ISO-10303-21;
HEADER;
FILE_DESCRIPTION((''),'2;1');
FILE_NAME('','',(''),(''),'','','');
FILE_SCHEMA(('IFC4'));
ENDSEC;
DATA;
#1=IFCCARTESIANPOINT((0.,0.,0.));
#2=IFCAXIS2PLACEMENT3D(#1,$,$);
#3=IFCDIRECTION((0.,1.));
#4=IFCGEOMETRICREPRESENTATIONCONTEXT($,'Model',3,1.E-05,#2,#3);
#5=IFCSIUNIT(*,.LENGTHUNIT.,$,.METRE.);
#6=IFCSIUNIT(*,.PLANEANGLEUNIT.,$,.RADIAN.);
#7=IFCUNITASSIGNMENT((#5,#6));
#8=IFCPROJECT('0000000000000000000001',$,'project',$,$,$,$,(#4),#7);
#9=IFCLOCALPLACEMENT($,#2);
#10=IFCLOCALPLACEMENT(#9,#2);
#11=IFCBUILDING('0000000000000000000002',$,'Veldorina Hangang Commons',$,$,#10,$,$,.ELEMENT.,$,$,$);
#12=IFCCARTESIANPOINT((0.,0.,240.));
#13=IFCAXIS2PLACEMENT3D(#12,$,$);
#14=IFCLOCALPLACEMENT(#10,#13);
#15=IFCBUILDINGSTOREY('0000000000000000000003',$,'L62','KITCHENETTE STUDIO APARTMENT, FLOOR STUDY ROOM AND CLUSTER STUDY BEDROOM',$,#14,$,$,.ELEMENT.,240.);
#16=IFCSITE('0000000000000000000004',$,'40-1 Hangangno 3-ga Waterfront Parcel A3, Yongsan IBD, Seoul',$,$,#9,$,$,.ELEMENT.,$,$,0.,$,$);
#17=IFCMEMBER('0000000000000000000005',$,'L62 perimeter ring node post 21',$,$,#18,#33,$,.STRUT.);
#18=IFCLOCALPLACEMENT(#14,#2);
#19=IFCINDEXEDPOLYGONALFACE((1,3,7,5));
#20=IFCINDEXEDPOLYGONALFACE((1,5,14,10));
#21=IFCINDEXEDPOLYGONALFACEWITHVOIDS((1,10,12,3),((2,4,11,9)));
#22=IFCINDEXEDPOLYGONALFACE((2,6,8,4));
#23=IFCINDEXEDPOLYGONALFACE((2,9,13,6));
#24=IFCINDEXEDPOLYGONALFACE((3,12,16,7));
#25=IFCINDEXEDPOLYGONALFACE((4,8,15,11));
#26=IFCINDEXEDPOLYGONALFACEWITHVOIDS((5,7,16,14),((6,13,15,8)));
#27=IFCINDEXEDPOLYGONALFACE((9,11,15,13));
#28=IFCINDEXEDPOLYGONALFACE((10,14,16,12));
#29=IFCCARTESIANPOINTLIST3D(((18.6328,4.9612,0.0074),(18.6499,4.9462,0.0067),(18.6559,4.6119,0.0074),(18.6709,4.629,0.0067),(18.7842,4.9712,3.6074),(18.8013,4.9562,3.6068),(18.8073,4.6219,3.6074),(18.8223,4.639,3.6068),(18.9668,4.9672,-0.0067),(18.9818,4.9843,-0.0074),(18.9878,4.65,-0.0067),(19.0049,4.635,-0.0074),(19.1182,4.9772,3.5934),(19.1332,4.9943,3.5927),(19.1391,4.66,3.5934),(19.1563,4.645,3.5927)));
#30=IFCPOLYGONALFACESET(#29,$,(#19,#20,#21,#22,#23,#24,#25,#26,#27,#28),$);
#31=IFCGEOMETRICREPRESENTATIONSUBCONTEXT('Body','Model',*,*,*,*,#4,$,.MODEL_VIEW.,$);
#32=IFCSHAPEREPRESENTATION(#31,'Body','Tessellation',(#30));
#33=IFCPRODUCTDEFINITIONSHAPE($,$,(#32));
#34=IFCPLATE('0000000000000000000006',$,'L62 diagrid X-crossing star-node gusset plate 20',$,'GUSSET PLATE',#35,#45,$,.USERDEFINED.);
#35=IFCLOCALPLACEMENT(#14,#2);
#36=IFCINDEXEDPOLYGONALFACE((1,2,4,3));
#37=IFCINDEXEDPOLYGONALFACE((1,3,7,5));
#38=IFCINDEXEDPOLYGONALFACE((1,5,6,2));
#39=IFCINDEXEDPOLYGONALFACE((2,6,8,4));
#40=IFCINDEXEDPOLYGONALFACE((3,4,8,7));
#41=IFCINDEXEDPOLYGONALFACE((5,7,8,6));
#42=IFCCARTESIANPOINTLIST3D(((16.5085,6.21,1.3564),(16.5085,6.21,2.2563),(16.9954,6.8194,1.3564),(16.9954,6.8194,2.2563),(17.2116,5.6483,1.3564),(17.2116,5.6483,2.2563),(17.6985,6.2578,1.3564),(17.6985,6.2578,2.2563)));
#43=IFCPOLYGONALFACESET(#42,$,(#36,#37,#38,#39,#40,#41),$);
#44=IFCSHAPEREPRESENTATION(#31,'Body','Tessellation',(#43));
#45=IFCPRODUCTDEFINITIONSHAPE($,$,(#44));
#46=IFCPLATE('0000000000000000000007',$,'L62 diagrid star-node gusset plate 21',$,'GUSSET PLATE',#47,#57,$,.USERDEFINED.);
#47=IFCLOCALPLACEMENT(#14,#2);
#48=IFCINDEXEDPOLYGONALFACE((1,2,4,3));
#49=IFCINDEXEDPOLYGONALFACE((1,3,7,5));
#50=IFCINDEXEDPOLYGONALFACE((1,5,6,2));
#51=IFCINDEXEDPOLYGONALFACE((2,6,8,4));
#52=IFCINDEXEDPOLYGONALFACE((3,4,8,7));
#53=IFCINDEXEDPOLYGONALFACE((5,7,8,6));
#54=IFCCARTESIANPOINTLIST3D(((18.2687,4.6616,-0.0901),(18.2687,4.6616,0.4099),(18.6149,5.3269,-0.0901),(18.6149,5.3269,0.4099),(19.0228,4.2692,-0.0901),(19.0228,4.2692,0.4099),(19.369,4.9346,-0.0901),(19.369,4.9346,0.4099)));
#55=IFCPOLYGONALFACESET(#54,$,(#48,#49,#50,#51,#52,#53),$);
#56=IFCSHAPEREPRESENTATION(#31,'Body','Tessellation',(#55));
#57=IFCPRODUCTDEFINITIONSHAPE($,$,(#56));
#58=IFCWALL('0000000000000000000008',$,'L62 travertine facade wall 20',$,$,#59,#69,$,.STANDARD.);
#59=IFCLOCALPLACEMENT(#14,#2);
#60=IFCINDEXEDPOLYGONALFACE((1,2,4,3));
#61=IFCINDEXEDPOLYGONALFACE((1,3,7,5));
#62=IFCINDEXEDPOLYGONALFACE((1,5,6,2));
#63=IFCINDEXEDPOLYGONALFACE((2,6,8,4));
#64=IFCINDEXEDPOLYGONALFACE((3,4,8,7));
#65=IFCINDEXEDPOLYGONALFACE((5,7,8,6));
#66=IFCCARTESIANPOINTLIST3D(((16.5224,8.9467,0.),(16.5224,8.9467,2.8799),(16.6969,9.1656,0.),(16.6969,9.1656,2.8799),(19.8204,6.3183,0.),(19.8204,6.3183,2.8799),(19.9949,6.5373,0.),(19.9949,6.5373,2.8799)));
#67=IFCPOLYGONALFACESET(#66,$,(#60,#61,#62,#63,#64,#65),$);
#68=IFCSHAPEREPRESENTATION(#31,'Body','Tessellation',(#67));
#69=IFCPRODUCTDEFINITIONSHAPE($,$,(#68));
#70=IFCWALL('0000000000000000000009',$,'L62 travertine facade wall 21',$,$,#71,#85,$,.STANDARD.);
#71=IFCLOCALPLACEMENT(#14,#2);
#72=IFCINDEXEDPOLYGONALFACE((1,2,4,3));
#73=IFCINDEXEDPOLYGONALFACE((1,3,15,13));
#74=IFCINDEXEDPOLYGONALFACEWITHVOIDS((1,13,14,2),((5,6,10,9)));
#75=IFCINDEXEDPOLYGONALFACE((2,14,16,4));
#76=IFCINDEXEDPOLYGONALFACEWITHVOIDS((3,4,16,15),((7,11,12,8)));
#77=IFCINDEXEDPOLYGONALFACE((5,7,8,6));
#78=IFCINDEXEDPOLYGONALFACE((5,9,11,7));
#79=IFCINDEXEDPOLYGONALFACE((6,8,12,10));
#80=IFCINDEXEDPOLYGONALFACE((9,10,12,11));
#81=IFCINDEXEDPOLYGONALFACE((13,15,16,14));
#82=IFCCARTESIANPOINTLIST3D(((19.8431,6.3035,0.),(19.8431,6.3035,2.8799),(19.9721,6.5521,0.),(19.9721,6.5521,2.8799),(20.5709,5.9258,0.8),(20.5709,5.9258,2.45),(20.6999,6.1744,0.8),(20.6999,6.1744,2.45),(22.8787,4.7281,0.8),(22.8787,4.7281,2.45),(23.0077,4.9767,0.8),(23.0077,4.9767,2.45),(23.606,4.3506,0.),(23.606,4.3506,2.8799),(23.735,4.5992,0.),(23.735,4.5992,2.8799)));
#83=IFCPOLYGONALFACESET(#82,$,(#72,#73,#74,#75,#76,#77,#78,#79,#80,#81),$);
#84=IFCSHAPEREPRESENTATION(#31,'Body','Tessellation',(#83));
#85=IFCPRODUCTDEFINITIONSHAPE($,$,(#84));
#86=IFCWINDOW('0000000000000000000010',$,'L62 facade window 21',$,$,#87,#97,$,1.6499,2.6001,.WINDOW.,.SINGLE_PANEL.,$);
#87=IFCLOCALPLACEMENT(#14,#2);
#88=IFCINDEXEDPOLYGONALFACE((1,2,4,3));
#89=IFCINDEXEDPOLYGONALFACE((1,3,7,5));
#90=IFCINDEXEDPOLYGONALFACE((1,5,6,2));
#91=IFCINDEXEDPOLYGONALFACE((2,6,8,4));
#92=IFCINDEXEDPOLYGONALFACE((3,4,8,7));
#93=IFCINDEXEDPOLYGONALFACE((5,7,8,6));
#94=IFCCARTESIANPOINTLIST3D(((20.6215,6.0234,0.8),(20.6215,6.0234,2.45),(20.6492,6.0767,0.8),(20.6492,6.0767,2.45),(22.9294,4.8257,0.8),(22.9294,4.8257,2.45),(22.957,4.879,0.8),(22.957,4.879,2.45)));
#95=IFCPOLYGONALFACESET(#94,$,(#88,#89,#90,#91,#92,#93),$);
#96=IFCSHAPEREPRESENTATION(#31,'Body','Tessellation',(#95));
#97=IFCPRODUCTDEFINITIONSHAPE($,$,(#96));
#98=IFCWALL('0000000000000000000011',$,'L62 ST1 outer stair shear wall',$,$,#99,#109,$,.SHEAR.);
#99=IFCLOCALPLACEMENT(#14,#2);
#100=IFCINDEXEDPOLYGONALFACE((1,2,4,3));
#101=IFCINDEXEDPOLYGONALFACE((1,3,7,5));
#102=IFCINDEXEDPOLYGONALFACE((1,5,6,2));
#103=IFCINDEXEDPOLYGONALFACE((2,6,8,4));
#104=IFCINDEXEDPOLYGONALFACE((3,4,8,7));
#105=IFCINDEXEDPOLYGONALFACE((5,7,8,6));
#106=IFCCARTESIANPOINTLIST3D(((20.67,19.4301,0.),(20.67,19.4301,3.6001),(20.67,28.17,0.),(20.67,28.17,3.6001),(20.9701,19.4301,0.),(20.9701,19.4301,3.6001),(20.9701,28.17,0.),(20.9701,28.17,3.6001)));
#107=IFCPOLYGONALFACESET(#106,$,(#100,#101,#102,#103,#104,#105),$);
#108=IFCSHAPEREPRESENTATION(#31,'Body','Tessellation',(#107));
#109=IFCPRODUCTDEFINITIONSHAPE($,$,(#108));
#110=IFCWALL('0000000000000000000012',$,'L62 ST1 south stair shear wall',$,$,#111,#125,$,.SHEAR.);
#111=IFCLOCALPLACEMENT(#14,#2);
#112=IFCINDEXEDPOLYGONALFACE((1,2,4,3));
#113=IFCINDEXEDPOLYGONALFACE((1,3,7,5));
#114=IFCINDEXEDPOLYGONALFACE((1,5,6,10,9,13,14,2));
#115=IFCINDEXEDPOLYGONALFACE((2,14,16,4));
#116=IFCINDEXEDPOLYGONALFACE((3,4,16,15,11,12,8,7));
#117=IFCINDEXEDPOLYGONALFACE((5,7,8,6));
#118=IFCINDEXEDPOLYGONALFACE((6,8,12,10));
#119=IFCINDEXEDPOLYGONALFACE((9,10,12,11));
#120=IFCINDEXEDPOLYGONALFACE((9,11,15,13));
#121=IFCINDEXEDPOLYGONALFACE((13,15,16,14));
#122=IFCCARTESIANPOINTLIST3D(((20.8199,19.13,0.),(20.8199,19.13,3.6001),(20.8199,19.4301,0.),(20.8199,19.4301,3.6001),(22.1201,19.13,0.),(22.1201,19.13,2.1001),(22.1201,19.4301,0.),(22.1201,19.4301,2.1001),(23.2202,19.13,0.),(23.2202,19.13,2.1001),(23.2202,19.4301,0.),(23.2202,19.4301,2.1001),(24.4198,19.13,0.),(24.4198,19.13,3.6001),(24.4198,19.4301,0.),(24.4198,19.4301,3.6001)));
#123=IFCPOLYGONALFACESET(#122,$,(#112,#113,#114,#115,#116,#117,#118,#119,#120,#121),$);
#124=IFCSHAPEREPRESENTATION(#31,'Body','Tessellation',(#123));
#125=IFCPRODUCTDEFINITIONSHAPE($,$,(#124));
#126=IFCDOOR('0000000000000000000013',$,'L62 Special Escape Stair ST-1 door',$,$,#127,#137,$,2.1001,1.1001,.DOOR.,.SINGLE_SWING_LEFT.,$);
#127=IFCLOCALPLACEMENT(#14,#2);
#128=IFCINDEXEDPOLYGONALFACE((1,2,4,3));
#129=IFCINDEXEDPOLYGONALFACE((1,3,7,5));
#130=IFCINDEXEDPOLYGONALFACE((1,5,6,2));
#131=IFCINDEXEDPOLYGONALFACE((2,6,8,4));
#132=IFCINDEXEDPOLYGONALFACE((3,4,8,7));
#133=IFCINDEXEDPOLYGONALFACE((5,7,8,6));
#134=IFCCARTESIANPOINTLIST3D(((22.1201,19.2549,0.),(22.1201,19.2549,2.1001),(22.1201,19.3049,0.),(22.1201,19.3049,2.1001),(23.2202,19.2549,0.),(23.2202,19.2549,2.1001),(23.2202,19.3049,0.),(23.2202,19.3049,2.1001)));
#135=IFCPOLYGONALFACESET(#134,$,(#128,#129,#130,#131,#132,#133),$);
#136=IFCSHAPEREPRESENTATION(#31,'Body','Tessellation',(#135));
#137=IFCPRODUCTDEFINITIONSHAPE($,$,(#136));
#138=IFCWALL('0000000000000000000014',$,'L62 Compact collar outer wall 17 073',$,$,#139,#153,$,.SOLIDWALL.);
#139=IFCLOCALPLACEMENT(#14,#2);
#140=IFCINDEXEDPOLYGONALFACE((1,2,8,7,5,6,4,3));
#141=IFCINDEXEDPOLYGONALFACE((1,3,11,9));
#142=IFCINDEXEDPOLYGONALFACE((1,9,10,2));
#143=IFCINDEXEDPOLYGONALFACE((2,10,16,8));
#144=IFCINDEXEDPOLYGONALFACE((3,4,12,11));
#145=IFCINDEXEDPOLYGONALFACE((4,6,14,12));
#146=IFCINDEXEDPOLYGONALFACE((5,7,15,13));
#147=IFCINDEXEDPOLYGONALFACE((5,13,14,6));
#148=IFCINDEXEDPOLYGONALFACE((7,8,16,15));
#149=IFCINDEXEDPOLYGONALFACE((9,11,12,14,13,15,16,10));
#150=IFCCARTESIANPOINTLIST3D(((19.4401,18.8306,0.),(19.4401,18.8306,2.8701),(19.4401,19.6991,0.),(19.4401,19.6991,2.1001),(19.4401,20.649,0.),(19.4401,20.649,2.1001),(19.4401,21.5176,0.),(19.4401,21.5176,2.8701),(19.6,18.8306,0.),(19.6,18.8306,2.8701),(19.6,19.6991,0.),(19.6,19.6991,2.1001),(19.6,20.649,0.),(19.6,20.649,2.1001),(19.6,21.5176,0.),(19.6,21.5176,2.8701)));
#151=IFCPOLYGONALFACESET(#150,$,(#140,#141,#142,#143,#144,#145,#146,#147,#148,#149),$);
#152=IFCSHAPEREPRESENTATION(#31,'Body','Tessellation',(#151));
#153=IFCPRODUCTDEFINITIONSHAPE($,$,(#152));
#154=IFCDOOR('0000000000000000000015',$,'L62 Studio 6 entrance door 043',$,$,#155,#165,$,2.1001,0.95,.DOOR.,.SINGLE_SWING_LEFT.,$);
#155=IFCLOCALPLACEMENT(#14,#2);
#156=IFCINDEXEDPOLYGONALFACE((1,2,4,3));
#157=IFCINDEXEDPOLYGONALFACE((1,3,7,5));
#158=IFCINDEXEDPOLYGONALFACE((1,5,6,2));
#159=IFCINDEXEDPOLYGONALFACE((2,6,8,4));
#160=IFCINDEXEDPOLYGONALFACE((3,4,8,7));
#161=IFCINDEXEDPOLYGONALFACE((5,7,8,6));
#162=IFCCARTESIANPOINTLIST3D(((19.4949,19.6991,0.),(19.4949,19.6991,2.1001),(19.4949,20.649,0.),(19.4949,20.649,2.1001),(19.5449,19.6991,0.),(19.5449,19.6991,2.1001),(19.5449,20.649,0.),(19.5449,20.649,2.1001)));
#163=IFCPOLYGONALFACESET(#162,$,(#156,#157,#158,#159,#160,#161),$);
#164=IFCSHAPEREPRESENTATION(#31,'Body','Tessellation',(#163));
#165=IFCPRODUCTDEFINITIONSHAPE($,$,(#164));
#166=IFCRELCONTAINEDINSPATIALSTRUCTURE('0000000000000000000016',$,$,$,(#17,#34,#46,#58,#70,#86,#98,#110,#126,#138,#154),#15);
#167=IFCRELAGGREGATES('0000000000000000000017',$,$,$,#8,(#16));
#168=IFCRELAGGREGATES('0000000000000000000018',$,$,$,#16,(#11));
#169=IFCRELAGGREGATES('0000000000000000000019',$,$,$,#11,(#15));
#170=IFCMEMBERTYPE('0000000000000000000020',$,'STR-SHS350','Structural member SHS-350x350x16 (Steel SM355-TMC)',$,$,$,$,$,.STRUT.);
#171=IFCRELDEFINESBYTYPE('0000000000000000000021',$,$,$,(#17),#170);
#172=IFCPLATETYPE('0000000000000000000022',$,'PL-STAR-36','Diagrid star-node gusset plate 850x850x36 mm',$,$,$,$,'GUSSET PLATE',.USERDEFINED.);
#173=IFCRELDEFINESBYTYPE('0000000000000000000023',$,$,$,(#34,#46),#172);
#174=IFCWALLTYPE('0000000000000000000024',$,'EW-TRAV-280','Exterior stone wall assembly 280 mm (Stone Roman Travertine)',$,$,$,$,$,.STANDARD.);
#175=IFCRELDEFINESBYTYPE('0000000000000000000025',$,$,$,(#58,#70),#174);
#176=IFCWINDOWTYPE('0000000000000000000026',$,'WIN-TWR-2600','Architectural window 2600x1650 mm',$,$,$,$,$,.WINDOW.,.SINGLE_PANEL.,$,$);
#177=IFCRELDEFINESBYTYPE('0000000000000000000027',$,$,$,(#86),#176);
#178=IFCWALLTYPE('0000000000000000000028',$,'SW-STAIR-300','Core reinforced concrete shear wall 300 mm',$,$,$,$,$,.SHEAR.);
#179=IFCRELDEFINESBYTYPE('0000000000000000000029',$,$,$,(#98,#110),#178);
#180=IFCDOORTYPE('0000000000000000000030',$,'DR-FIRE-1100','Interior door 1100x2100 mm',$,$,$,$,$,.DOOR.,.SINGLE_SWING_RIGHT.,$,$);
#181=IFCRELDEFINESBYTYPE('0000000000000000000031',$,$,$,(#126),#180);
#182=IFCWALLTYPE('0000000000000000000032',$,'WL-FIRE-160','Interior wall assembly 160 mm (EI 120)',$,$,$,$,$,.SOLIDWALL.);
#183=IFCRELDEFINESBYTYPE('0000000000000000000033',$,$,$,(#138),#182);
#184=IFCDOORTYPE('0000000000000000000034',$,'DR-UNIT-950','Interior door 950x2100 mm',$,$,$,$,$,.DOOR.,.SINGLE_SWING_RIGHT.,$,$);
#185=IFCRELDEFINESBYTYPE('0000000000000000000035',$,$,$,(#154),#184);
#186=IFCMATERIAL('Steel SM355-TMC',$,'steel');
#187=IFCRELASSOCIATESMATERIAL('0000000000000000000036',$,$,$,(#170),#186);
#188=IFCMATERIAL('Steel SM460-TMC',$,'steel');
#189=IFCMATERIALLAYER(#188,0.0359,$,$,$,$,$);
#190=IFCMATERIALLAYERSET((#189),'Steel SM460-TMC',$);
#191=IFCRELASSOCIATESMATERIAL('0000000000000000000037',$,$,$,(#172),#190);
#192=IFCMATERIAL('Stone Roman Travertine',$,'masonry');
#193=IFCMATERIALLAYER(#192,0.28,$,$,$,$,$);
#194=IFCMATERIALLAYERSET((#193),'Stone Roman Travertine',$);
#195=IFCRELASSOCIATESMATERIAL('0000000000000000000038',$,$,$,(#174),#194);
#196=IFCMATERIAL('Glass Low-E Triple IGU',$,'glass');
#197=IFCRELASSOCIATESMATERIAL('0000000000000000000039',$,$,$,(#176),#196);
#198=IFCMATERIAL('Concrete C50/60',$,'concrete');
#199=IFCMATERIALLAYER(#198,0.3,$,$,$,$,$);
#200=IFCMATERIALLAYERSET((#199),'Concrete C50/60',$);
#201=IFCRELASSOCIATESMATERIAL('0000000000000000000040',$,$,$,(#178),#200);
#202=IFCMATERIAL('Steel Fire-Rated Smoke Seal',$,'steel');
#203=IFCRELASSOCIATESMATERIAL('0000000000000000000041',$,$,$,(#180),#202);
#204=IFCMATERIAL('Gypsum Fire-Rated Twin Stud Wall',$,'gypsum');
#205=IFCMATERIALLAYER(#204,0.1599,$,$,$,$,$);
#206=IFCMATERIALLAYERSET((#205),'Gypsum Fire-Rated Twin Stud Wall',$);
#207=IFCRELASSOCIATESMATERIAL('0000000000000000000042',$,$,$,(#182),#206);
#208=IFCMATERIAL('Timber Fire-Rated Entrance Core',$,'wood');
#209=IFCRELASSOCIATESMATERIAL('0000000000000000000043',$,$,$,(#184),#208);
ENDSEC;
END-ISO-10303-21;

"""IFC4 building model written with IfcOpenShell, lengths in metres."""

from ifc_helpers import new_model, si_unit, direction, frame, frame_2d, origin, origin_2d, place, context, subcontext, project, spatial, rectangle, hollow_rectangle, extrude, material, layer, layer_set, material_profile, profile_set, type_object, element, fill, save


model = new_model("IFC4")

# Units and contexts
model_context = context("Model", 3, precision=1e-05, world=origin(), true_north=direction((0.0, 1.0)))
body_context = subcontext(model_context, "Body", "Model", "MODEL_VIEW")
ifc_project = project(units=[si_unit("LENGTHUNIT", "METRE"), si_unit("PLANEANGLEUNIT", "RADIAN")], contexts=[model_context])

# Site, building, storey
site_placement = place(None, origin())
site = spatial("IfcSite", under=ifc_project, at=site_placement, Name="40-1 Hangangno 3-ga Waterfront Parcel A3, Yongsan IBD, Seoul", CompositionType="ELEMENT", RefElevation=0.0)
building_placement = place(site_placement, origin())
building = spatial("IfcBuilding", under=site, at=building_placement, Name="Veldorina Hangang Commons", CompositionType="ELEMENT")
storey_placement = place(building_placement, frame((0.0, 0.0, 240.0)))
storey = spatial("IfcBuildingStorey", under=building, at=storey_placement, Name="L62", Description="KITCHENETTE STUDIO APARTMENT, FLOOR STUDY ROOM AND CLUSTER STUDY BEDROOM", CompositionType="ELEMENT", Elevation=240.0)

# Shared definitions
ifc_material_1 = material(Name="Steel SM355-TMC", Category="steel")

# Member
ifc_material_profile_1 = material_profile(ifc_material_1, hollow_rectangle(XDim=0.3501, YDim=0.3501, WallThickness=0.0161, at=origin_2d()), Name="SHS-350x350x16")
ifc_profile_set_1 = profile_set([ifc_material_profile_1], Name="Steel SM355-TMC")
member_type_1 = type_object("IfcMemberType", Name="STR-SHS350", Description="Structural member SHS-350x350x16 (Steel SM355-TMC)", PredefinedType="STRUT", material=ifc_profile_set_1)
member_1_placement = place(storey_placement, frame((18.8188, 4.7981, 0.0), z_axis=(0.042008, 0.002778, 0.999113), x_axis=(-0.065985, 0.997821, 0.0)))
element("IfcMember", 1, at=member_1_placement, inside=storey, type_object=member_type_1, Name="L62 perimeter ring node post 21", PredefinedType="STRUT", context=body_context, shape_type="SweptSolid", body=[
    extrude(hollow_rectangle(XDim=0.3501, YDim=0.3501, WallThickness=0.0161, at=origin_2d()), origin(), (0.0, 0.0, 1.0), 3.6033),
])

# Plates
ifc_material_2 = material(Name="Steel SM460-TMC", Category="steel")
ifc_layer_1 = layer(ifc_material_2, 0.0359)
ifc_layer_set_1 = layer_set([ifc_layer_1], Name="Steel SM460-TMC")
plate_type = type_object("IfcPlateType", Name="PL-STAR-36", Description="Diagrid star-node gusset plate 850x850x36 mm", ElementType="GUSSET PLATE", PredefinedType="USERDEFINED", material=ifc_layer_set_1)
plate_1_placement = place(storey_placement, frame((17.1035, 6.2339, 1.3564), z_axis=(0.0, 0.0, 1.0), x_axis=(0.781314, -0.624139, 0.0)))
element("IfcPlate", 2, at=plate_1_placement, inside=storey, type_object=plate_type, Name="L62 diagrid X-crossing star-node gusset plate 20", ObjectType="GUSSET PLATE", PredefinedType="USERDEFINED", context=body_context, shape_type="SweptSolid", body=[
    extrude(rectangle(XDim=0.8999, YDim=0.78, at=origin_2d()), origin(), (0.0, 0.0, 1.0), 0.8999),
])
plate_2_placement = place(storey_placement, frame((18.8188, 4.7981, -0.0901), z_axis=(0.0, 0.0, 1.0), x_axis=(0.887116, -0.461547, 0.0)))
element("IfcPlate", 3, at=plate_2_placement, inside=storey, type_object=plate_type, Name="L62 diagrid star-node gusset plate 21", ObjectType="GUSSET PLATE", PredefinedType="USERDEFINED", context=body_context, shape_type="SweptSolid", body=[
    extrude(rectangle(XDim=0.8501, YDim=0.75, at=origin_2d()), origin(), (0.0, 0.0, 1.0), 0.5),
])

# Wall
ifc_material_3 = material(Name="Stone Roman Travertine", Category="masonry")
ifc_layer_2 = layer(ifc_material_3, 0.28)
ifc_layer_set_2 = layer_set([ifc_layer_2], Name="Stone Roman Travertine")
wall_type_1 = type_object("IfcWallType", Name="EW-TRAV-280", Description="Exterior stone wall assembly 280 mm (Stone Roman Travertine)", PredefinedType="STANDARD", material=ifc_layer_set_2)
wall_1_placement = place(storey_placement, frame((16.6096, 9.0562, 0.0), z_axis=(0.0, 0.0, 1.0), x_axis=(0.782031, -0.62324, 0.0)))
element("IfcWall", 4, at=wall_1_placement, inside=storey, type_object=wall_type_1, Name="L62 travertine facade wall 20", PredefinedType="STANDARD", context=body_context, shape_type="SweptSolid", body=[
    extrude(rectangle(XDim=4.2173, YDim=0.28, at=frame_2d((2.1086, 0.0))), origin(), (0.0, 0.0, 1.0), 2.8799),
])

# Wall, opening, window
wall_2_placement = place(storey_placement, frame((19.9077, 6.4277, 0.0), z_axis=(0.0, 0.0, 1.0), x_axis=(0.887588, -0.460638, 0.0)))
wall_2 = element("IfcWall", 5, at=wall_2_placement, inside=storey, type_object=wall_type_1, Name="L62 travertine facade wall 21", PredefinedType="STANDARD", context=body_context, shape_type="SweptSolid", body=[
    extrude(rectangle(XDim=4.2395, YDim=0.28, at=frame_2d((2.1196, 0.0))), origin(), (0.0, 0.0, 1.0), 2.8799),
])
opening_1_placement = place(wall_2_placement, frame((0.8198, 0.0, 0.8)))
opening_1 = element("IfcOpeningElement", 6, at=opening_1_placement, cuts=wall_2, PredefinedType="OPENING", context=body_context, shape_type="SweptSolid", body=[
    extrude(rectangle(XDim=2.6001, YDim=1.6499, at=frame_2d((1.3, 0.825))), frame((0.0, 0.1499, 0.0), z_axis=(0.0, -1.0, 0.0), x_axis=(1.0, 0.0, 0.0)), (0.0, 0.0, 1.0), 0.3),
])
ifc_material_4 = material(Name="Glass Low-E Triple IGU", Category="glass")
window_type = type_object("IfcWindowType", Name="WIN-TWR-2600", Description="Architectural window 2600x1650 mm", PartitioningType="SINGLE_PANEL", PredefinedType="WINDOW", material=ifc_material_4)
window_placement = place(opening_1_placement, origin())
window = element("IfcWindow", 7, at=window_placement, inside=storey, type_object=window_type, Name="L62 facade window 21", OverallHeight=1.6499, OverallWidth=2.6001, PartitioningType="SINGLE_PANEL", PredefinedType="WINDOW", context=body_context, shape_type="SweptSolid", body=[
    extrude(rectangle(XDim=2.6001, YDim=1.6499, at=frame_2d((1.3, 0.825))), frame((0.0, 0.03, 0.0), z_axis=(0.0, -1.0, 0.0), x_axis=(1.0, 0.0, 0.0)), (0.0, 0.0, 1.0), 0.0601),
])
fill(opening_1, window)

# Wall
ifc_material_5 = material(Name="Concrete C50/60", Category="concrete")
ifc_layer_3 = layer(ifc_material_5, 0.3)
ifc_layer_set_3 = layer_set([ifc_layer_3], Name="Concrete C50/60")
wall_type_2 = type_object("IfcWallType", Name="SW-STAIR-300", Description="Core reinforced concrete shear wall 300 mm", PredefinedType="SHEAR", material=ifc_layer_set_3)
wall_3_placement = place(storey_placement, frame((20.8201, 19.4299, 0.0), z_axis=(0.0, 0.0, 1.0), x_axis=(0.0, 1.0, 0.0)))
element("IfcWall", 8, at=wall_3_placement, inside=storey, type_object=wall_type_2, Name="L62 ST1 outer stair shear wall", PredefinedType="SHEAR", context=body_context, shape_type="SweptSolid", body=[
    extrude(rectangle(XDim=8.74, YDim=0.3, at=frame_2d((4.3701, 0.0))), origin(), (0.0, 0.0, 1.0), 3.6001),
])

# Walls, openings, doors
wall_4_placement = place(storey_placement, frame((20.8201, 19.28, 0.0), z_axis=(0.0, 0.0, 1.0), x_axis=(1.0, 0.0, 0.0)))
wall_4 = element("IfcWall", 9, at=wall_4_placement, inside=storey, type_object=wall_type_2, Name="L62 ST1 south stair shear wall", PredefinedType="SHEAR", context=body_context, shape_type="SweptSolid", body=[
    extrude(rectangle(XDim=3.5999, YDim=0.3, at=frame_2d((1.7998, 0.0))), origin(), (0.0, 0.0, 1.0), 3.6001),
])
opening_2_placement = place(wall_4_placement, frame((1.3, 0.0, 0.0)))
opening_2 = element("IfcOpeningElement", 10, at=opening_2_placement, cuts=wall_4, PredefinedType="OPENING", context=body_context, shape_type="SweptSolid", body=[
    extrude(rectangle(XDim=1.1001, YDim=2.1001, at=frame_2d((0.55, 1.05))), frame((0.0, 0.1602, 0.0), z_axis=(0.0, -1.0, 0.0), x_axis=(1.0, 0.0, 0.0)), (0.0, 0.0, 1.0), 0.3201),
])
ifc_material_6 = material(Name="Steel Fire-Rated Smoke Seal", Category="steel")
door_type_1 = type_object("IfcDoorType", Name="DR-FIRE-1100", Description="Interior door 1100x2100 mm", OperationType="SINGLE_SWING_RIGHT", PredefinedType="DOOR", material=ifc_material_6)
door_1_placement = place(opening_2_placement, origin())
door_1 = element("IfcDoor", 11, at=door_1_placement, inside=storey, type_object=door_type_1, Name="L62 Special Escape Stair ST-1 door", OperationType="SINGLE_SWING_LEFT", OverallHeight=2.1001, OverallWidth=1.1001, PredefinedType="DOOR", context=body_context, shape_type="SweptSolid", body=[
    extrude(rectangle(XDim=1.1001, YDim=2.1001, at=frame_2d((0.55, 1.05))), frame((0.0, 0.0249, 0.0), z_axis=(0.0, -1.0, 0.0), x_axis=(1.0, 0.0, 0.0)), (0.0, 0.0, 1.0), 0.05),
])
fill(opening_2, door_1)
ifc_material_7 = material(Name="Gypsum Fire-Rated Twin Stud Wall", Category="gypsum")
ifc_layer_4 = layer(ifc_material_7, 0.1599)
ifc_layer_set_4 = layer_set([ifc_layer_4], Name="Gypsum Fire-Rated Twin Stud Wall")
wall_type_3 = type_object("IfcWallType", Name="WL-FIRE-160", Description="Interior wall assembly 160 mm (EI 120)", PredefinedType="SOLIDWALL", material=ifc_layer_set_4)
wall_5_placement = place(storey_placement, frame((19.52, 21.5176, 0.0), z_axis=(0.0, 0.0, 1.0), x_axis=(0.0, -1.0, 0.0)))
wall_5 = element("IfcWall", 12, at=wall_5_placement, inside=storey, type_object=wall_type_3, Name="L62 Compact collar outer wall 17 073", PredefinedType="SOLIDWALL", context=body_context, shape_type="SweptSolid", body=[
    extrude(rectangle(XDim=2.687, YDim=0.1599, at=frame_2d((1.3435, 0.0))), origin(), (0.0, 0.0, 1.0), 2.8701),
])
opening_3_placement = place(wall_5_placement, frame((0.8684, 0.0, 0.0)))
opening_3 = element("IfcOpeningElement", 13, at=opening_3_placement, cuts=wall_5, PredefinedType="OPENING", context=body_context, shape_type="SweptSolid", body=[
    extrude(rectangle(XDim=0.95, YDim=2.1001, at=frame_2d((0.4751, 1.05))), frame((0.0, 0.0898, 0.0), z_axis=(0.0, -1.0, 0.0), x_axis=(1.0, 0.0, 0.0)), (0.0, 0.0, 1.0), 0.1799),
])
ifc_material_8 = material(Name="Timber Fire-Rated Entrance Core", Category="wood")
door_type_2 = type_object("IfcDoorType", Name="DR-UNIT-950", Description="Interior door 950x2100 mm", OperationType="SINGLE_SWING_RIGHT", PredefinedType="DOOR", material=ifc_material_8)
door_2_placement = place(opening_3_placement, origin())
door_2 = element("IfcDoor", 14, at=door_2_placement, inside=storey, type_object=door_type_2, Name="L62 Studio 6 entrance door 043", OperationType="SINGLE_SWING_LEFT", OverallHeight=2.1001, OverallWidth=0.95, PredefinedType="DOOR", context=body_context, shape_type="SweptSolid", body=[
    extrude(rectangle(XDim=0.95, YDim=2.1001, at=frame_2d((0.4751, 1.05))), frame((0.0, 0.0249, 0.0), z_axis=(0.0, -1.0, 0.0), x_axis=(1.0, 0.0, 0.0)), (0.0, 0.0, 1.0), 0.05),
])
fill(opening_3, door_2)

save(model, "model.ifc")
